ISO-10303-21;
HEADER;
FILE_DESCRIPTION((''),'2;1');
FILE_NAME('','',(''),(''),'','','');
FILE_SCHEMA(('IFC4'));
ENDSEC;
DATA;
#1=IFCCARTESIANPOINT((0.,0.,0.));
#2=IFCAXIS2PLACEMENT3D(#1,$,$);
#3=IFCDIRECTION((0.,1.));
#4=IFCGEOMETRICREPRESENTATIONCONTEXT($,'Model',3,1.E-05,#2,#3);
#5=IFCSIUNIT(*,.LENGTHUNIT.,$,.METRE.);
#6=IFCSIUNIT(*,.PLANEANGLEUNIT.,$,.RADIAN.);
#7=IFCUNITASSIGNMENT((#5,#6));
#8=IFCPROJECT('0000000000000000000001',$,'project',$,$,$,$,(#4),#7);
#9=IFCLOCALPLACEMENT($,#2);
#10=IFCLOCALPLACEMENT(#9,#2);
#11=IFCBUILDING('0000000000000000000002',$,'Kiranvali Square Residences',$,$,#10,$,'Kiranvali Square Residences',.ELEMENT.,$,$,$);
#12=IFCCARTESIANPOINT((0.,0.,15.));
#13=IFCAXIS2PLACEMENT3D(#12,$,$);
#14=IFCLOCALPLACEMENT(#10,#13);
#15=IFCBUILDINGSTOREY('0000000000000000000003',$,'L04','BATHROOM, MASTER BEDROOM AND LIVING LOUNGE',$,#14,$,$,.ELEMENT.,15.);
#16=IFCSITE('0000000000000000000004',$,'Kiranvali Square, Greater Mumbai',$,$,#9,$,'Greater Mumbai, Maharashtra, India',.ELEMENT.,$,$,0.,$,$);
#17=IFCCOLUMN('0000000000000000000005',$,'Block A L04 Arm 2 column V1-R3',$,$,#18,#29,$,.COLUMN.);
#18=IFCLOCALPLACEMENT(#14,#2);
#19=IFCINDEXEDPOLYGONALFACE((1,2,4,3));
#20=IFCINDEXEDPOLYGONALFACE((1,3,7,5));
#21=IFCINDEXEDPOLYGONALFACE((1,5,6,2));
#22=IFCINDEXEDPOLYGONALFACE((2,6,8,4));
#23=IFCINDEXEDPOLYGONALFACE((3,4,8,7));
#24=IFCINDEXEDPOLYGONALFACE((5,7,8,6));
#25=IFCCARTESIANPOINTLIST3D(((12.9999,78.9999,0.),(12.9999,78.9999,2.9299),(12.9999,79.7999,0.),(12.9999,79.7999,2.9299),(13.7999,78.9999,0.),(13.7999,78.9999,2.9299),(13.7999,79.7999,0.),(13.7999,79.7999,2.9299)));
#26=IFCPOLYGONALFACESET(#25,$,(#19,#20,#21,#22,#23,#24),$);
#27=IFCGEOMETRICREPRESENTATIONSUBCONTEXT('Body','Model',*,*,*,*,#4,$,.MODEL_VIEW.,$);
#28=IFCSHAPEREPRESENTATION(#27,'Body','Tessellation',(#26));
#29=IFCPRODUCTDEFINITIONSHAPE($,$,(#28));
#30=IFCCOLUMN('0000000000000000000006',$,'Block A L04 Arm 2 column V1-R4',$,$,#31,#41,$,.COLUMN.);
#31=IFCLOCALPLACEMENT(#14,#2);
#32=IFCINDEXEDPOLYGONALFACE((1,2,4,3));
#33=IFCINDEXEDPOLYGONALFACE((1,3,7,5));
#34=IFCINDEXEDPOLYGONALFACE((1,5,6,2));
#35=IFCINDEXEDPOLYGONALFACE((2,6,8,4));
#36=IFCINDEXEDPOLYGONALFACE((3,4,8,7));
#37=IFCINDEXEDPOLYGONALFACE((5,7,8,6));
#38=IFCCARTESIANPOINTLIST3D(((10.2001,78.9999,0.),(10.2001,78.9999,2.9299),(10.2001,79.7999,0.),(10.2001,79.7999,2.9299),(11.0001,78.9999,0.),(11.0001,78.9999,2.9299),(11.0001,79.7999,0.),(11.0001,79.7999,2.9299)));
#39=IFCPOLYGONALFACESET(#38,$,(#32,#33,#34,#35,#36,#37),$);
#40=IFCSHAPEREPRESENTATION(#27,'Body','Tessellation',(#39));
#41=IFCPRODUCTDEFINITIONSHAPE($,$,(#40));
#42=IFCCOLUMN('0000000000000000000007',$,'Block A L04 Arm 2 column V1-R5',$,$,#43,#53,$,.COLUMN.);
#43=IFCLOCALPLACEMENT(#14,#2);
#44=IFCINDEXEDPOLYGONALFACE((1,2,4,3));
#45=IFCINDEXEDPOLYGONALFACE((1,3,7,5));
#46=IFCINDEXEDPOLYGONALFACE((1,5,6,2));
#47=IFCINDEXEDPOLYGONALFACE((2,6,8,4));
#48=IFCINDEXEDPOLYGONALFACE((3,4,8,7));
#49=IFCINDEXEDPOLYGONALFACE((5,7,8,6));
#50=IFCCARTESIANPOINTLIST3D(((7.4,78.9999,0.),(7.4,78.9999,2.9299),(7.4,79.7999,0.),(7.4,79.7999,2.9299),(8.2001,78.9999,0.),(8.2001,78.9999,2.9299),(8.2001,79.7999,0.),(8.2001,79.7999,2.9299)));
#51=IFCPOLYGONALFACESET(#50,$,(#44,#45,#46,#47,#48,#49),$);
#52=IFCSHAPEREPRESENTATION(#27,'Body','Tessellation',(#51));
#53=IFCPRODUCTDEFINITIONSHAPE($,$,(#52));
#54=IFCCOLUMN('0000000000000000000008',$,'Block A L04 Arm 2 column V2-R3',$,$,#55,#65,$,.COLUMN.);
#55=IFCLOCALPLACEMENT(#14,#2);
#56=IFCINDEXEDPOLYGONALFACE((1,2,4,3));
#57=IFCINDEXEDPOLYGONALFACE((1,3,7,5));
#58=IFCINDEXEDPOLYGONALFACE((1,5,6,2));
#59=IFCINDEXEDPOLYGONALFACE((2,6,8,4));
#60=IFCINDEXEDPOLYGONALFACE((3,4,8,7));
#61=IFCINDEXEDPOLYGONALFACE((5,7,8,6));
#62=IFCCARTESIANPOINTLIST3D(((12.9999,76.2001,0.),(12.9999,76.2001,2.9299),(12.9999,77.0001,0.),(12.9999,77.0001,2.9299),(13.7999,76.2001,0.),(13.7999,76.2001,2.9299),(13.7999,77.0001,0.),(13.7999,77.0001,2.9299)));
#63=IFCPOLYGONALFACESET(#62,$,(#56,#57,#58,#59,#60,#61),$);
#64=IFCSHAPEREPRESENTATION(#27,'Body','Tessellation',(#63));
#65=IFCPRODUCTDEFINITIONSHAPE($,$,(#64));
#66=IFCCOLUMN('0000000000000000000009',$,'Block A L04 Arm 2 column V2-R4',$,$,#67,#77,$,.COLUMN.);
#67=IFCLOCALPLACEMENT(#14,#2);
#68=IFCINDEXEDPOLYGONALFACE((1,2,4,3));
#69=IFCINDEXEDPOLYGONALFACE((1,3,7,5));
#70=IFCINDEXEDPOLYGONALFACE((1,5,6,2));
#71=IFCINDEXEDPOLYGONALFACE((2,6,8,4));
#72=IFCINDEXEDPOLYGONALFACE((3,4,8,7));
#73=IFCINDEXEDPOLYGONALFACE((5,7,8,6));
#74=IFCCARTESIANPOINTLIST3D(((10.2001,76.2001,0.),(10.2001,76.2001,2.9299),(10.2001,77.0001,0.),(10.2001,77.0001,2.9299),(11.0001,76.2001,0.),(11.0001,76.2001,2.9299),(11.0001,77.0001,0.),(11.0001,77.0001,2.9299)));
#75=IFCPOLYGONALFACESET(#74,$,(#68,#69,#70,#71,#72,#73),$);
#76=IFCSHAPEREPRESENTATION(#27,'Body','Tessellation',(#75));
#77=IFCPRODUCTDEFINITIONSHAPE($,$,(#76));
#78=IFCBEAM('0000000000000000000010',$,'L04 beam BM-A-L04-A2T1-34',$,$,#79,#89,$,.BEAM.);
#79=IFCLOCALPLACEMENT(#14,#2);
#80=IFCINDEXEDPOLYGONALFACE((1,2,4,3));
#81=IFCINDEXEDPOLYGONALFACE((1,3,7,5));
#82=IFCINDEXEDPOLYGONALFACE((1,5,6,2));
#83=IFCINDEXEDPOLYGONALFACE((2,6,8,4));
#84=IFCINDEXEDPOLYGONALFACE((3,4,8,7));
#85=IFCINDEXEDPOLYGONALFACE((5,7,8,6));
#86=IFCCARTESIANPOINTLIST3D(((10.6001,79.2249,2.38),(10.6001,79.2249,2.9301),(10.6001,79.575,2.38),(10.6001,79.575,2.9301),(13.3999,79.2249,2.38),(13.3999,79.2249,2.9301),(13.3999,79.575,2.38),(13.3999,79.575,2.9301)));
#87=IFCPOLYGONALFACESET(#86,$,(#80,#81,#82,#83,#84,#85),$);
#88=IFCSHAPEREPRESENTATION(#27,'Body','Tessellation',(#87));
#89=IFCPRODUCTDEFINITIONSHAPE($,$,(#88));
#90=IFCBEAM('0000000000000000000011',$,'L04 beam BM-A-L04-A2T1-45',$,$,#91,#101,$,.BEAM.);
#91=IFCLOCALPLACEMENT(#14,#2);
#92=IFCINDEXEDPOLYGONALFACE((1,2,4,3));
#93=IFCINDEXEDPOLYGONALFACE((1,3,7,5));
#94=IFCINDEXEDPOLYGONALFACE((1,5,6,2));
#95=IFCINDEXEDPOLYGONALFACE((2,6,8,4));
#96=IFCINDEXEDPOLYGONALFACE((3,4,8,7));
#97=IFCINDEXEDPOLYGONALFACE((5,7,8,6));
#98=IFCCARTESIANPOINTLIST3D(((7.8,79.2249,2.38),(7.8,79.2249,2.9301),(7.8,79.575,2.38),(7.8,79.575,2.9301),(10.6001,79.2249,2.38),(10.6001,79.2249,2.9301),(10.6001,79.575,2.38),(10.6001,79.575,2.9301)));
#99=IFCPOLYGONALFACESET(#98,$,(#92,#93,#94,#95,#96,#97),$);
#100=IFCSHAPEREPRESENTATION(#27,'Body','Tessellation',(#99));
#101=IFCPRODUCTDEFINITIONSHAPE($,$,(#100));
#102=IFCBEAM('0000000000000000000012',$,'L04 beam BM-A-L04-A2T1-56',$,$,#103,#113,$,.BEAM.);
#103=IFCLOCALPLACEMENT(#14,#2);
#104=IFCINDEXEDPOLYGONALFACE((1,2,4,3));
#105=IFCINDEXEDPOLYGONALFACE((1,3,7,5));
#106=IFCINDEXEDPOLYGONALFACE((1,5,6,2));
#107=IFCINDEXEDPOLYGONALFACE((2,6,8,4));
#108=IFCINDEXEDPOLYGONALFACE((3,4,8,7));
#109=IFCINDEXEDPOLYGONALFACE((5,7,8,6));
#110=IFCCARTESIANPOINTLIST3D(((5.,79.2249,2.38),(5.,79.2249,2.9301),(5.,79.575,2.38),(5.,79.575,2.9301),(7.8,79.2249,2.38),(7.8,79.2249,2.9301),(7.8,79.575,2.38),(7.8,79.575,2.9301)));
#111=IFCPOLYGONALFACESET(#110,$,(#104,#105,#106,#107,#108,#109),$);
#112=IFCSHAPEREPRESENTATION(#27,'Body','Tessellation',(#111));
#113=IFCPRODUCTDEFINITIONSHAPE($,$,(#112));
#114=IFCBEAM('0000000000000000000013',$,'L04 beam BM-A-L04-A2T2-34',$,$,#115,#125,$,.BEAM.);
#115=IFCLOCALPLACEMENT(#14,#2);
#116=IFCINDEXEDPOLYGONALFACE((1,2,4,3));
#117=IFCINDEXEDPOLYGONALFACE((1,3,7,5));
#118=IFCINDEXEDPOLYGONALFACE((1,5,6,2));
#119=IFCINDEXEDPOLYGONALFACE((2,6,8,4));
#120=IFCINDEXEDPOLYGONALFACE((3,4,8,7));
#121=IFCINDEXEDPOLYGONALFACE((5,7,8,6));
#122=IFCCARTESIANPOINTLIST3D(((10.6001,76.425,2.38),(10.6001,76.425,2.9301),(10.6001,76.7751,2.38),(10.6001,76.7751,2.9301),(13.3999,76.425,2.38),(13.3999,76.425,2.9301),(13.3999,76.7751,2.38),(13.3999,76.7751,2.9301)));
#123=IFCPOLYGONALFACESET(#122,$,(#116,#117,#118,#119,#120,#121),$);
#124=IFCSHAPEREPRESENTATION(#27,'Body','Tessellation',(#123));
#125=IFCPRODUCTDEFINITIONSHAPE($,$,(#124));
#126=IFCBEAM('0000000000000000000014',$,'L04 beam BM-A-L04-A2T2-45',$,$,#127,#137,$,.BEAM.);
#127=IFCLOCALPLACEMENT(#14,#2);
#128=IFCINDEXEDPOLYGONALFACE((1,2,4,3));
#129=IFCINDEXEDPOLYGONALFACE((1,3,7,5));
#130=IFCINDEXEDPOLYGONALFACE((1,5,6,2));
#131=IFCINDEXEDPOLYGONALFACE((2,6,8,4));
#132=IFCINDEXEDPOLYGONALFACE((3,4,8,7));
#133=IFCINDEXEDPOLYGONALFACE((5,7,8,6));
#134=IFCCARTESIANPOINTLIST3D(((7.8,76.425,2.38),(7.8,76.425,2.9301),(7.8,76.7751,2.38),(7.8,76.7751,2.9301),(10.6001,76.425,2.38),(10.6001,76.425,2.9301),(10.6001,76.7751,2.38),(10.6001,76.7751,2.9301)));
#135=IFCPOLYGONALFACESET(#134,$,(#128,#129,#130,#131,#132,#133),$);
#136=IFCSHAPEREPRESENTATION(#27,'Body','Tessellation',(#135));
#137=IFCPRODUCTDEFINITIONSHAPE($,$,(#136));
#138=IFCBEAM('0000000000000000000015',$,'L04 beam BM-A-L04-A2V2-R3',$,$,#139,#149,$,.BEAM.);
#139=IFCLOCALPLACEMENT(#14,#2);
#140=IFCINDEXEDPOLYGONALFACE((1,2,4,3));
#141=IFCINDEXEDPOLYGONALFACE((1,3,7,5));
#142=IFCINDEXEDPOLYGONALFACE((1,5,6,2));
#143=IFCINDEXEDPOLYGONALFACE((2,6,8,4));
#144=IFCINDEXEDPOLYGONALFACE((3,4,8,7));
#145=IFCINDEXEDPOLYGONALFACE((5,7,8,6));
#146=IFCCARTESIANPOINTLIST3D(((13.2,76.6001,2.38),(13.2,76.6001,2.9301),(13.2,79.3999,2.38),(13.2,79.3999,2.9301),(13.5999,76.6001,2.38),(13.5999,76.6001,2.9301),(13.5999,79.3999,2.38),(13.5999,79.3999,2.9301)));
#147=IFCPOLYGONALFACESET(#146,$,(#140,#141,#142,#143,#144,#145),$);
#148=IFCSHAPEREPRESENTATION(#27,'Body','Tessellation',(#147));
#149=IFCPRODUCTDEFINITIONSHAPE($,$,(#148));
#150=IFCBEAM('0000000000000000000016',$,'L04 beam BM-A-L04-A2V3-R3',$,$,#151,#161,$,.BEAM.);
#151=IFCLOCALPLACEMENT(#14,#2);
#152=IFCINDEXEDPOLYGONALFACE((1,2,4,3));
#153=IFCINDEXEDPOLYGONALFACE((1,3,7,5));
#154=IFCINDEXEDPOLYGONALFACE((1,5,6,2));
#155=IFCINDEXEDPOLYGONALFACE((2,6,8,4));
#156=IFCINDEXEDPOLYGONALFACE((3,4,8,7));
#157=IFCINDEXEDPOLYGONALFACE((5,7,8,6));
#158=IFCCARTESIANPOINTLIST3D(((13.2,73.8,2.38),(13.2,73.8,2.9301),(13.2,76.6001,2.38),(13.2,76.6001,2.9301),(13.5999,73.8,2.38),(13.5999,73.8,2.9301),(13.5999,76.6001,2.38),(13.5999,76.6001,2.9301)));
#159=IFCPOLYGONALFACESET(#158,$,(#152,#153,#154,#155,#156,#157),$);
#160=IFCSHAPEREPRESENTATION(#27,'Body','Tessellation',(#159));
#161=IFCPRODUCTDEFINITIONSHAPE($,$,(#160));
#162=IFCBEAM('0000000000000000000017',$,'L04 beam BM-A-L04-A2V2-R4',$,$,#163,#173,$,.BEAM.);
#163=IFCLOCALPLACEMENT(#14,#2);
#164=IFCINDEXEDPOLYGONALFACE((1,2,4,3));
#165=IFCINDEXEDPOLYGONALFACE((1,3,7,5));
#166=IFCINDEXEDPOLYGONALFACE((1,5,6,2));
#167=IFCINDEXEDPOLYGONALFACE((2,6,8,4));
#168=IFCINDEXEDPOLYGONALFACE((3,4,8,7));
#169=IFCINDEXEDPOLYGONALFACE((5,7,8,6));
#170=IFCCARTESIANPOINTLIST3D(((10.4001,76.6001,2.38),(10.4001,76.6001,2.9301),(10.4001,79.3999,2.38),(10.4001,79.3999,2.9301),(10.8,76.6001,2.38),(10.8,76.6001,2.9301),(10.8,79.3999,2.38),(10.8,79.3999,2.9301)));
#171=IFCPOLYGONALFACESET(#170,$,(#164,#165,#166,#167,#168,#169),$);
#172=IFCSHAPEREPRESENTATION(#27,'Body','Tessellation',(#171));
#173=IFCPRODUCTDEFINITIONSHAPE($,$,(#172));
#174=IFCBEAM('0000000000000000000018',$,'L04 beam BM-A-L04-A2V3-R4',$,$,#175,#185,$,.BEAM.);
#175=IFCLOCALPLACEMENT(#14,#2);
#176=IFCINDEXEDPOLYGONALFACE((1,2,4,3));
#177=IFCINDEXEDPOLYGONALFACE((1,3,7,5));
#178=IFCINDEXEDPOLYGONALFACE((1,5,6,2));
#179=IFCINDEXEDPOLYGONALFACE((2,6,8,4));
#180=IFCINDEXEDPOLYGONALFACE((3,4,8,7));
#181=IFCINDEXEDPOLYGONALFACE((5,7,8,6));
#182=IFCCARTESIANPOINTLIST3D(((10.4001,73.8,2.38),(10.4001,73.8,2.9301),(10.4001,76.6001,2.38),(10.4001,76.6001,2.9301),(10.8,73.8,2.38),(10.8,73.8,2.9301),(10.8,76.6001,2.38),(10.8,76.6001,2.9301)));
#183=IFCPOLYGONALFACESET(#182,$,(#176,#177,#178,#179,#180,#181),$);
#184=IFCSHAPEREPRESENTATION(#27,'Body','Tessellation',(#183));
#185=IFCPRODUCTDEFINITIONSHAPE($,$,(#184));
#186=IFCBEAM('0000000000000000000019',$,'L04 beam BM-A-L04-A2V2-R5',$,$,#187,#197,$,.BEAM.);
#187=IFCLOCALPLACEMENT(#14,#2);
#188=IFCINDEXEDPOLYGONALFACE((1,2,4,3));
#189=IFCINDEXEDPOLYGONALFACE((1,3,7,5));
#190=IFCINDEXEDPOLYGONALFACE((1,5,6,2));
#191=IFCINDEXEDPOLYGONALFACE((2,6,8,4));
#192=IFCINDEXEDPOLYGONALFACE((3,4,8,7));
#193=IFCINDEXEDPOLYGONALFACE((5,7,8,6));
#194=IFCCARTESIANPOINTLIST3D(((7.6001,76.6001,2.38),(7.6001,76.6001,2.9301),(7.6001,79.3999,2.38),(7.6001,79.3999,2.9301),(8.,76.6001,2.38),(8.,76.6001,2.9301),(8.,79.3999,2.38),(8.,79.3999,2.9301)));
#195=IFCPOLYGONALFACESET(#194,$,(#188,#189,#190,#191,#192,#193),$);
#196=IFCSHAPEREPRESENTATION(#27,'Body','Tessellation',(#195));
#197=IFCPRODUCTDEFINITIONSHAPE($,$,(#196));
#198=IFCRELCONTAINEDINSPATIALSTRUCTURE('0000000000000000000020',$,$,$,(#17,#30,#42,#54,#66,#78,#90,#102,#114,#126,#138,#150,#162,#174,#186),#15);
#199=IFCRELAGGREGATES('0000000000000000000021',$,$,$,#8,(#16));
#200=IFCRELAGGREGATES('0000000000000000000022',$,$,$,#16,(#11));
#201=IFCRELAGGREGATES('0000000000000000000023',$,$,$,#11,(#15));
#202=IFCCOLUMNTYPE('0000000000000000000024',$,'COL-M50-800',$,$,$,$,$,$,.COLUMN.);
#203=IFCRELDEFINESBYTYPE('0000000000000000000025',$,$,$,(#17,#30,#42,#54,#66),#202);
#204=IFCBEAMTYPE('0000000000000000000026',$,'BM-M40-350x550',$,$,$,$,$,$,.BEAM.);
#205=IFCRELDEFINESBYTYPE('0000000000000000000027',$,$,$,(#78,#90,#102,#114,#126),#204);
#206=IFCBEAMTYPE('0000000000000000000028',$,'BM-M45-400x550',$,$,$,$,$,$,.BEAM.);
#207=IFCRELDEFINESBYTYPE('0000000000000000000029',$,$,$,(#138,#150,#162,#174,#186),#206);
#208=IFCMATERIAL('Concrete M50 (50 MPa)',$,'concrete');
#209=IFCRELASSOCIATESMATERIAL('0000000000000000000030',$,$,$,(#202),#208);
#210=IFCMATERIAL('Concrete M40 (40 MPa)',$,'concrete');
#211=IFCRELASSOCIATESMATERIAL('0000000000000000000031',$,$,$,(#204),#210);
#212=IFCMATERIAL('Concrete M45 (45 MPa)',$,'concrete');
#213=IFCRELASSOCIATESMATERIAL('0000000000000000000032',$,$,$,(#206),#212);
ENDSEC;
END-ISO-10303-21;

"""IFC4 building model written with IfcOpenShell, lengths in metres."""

from ifc_helpers import new_model, si_unit, direction, frame, origin, origin_2d, place, context, subcontext, project, spatial, rectangle, extrude, material, material_profile, profile_set, type_object, element, save


model = new_model("IFC4")

# Units and contexts
model_context = context("Model", 3, precision=1e-05, world=origin(), true_north=direction((0.0, 1.0)))
body_context = subcontext(model_context, "Body", "Model", "MODEL_VIEW")
ifc_project = project(units=[si_unit("LENGTHUNIT", "METRE"), si_unit("PLANEANGLEUNIT", "RADIAN")], contexts=[model_context])

# Site, building, storey
site_placement = place(None, origin())
site = spatial("IfcSite", under=ifc_project, at=site_placement, Name="Kiranvali Square, Greater Mumbai", LongName="Greater Mumbai, Maharashtra, India", CompositionType="ELEMENT", RefElevation=0.0)
building_placement = place(site_placement, origin())
building = spatial("IfcBuilding", under=site, at=building_placement, Name="Kiranvali Square Residences", LongName="Kiranvali Square Residences", CompositionType="ELEMENT")
storey_placement = place(building_placement, frame((0.0, 0.0, 15.0)))
storey = spatial("IfcBuildingStorey", under=building, at=storey_placement, Name="L04", Description="BATHROOM, MASTER BEDROOM AND LIVING LOUNGE", CompositionType="ELEMENT", Elevation=15.0)

# Columns
ifc_material_1 = material(Name="Concrete M50 (50 MPa)", Category="concrete")
ifc_material_profile_1 = material_profile(ifc_material_1, rectangle(XDim=0.8, YDim=0.8, at=origin_2d()), Name="RC 800x800")
ifc_profile_set_1 = profile_set([ifc_material_profile_1], Name="Concrete M50 (50 MPa)")
column_type = type_object("IfcColumnType", Name="COL-M50-800", PredefinedType="COLUMN", material=ifc_profile_set_1)
for number, where, z_axis, x_axis, name in (
    (1, (13.3999, 79.3999, 0.0), (0.0, 0.0, 1.0), (1.0, 0.0, 0.0), "Block A L04 Arm 2 column V1-R3"),
    (2, (10.6001, 79.3999, 0.0), (0.0, 0.0, 1.0), (1.0, 0.0, 0.0), "Block A L04 Arm 2 column V1-R4"),
    (3, (7.8, 79.3999, 0.0), (0.0, 0.0, 1.0), (1.0, 0.0, 0.0), "Block A L04 Arm 2 column V1-R5"),
    (4, (13.3999, 76.6001, 0.0), (0.0, 0.0, 1.0), (1.0, 0.0, 0.0), "Block A L04 Arm 2 column V2-R3"),
    (5, (10.6001, 76.6001, 0.0), (0.0, 0.0, 1.0), (1.0, 0.0, 0.0), "Block A L04 Arm 2 column V2-R4"),
):
    element("IfcColumn", number, at=place(storey_placement, frame(where, z_axis=z_axis, x_axis=x_axis)), inside=storey, type_object=column_type, Name=name, PredefinedType="COLUMN", context=body_context, shape_type="SweptSolid", body=[
        extrude(rectangle(XDim=0.8, YDim=0.8, at=origin_2d()), origin(), (0.0, 0.0, 1.0), 2.9299),
    ])

# Beams
ifc_material_2 = material(Name="Concrete M40 (40 MPa)", Category="concrete")
ifc_material_profile_2 = material_profile(ifc_material_2, rectangle(XDim=0.3501, YDim=0.55, at=origin_2d()), Name="RC 350x550")
ifc_profile_set_2 = profile_set([ifc_material_profile_2], Name="Concrete M40 (40 MPa)")
beam_type_1 = type_object("IfcBeamType", Name="BM-M40-350x550", PredefinedType="BEAM", material=ifc_profile_set_2)
beam_1_placement = place(storey_placement, frame((13.3999, 79.3999, 2.655), z_axis=(-1.0, 0.0, 0.0), x_axis=(0.0, -1.0, 0.0)))
element("IfcBeam", 6, at=beam_1_placement, inside=storey, type_object=beam_type_1, Name="L04 beam BM-A-L04-A2T1-34", PredefinedType="BEAM", context=body_context, shape_type="SweptSolid", body=[
    extrude(rectangle(XDim=0.3501, YDim=0.55, at=origin_2d()), origin(), (0.0, 0.0, 1.0), 2.7998),
])
for number, where, z_axis, x_axis, name in (
    (7, (10.6001, 79.3999, 2.655), (-1.0, 0.0, 0.0), (0.0, -1.0, 0.0), "L04 beam BM-A-L04-A2T1-45"),
    (8, (7.8, 79.3999, 2.655), (-1.0, 0.0, 0.0), (0.0, -1.0, 0.0), "L04 beam BM-A-L04-A2T1-56"),
):
    element("IfcBeam", number, at=place(storey_placement, frame(where, z_axis=z_axis, x_axis=x_axis)), inside=storey, type_object=beam_type_1, Name=name, PredefinedType="BEAM", context=body_context, shape_type="SweptSolid", body=[
        extrude(rectangle(XDim=0.3501, YDim=0.55, at=origin_2d()), origin(), (0.0, 0.0, 1.0), 2.8),
    ])
beam_2_placement = place(storey_placement, frame((13.3999, 76.6001, 2.655), z_axis=(-1.0, 0.0, 0.0), x_axis=(0.0, -1.0, 0.0)))
element("IfcBeam", 9, at=beam_2_placement, inside=storey, type_object=beam_type_1, Name="L04 beam BM-A-L04-A2T2-34", PredefinedType="BEAM", context=body_context, shape_type="SweptSolid", body=[
    extrude(rectangle(XDim=0.3501, YDim=0.55, at=origin_2d()), origin(), (0.0, 0.0, 1.0), 2.7998),
])
beam_3_placement = place(storey_placement, frame((10.6001, 76.6001, 2.655), z_axis=(-1.0, 0.0, 0.0), x_axis=(0.0, -1.0, 0.0)))
element("IfcBeam", 10, at=beam_3_placement, inside=storey, type_object=beam_type_1, Name="L04 beam BM-A-L04-A2T2-45", PredefinedType="BEAM", context=body_context, shape_type="SweptSolid", body=[
    extrude(rectangle(XDim=0.3501, YDim=0.55, at=origin_2d()), origin(), (0.0, 0.0, 1.0), 2.8),
])
ifc_material_3 = material(Name="Concrete M45 (45 MPa)", Category="concrete")
ifc_material_profile_3 = material_profile(ifc_material_3, rectangle(XDim=0.3999, YDim=0.55, at=origin_2d()), Name="RC 400x550")
ifc_profile_set_3 = profile_set([ifc_material_profile_3], Name="Concrete M45 (45 MPa)")
beam_type_2 = type_object("IfcBeamType", Name="BM-M45-400x550", PredefinedType="BEAM", material=ifc_profile_set_3)
beam_4_placement = place(storey_placement, frame((13.3999, 79.3999, 2.655), z_axis=(0.0, -1.0, 0.0), x_axis=(1.0, 0.0, 0.0)))
element("IfcBeam", 11, at=beam_4_placement, inside=storey, type_object=beam_type_2, Name="L04 beam BM-A-L04-A2V2-R3", PredefinedType="BEAM", context=body_context, shape_type="SweptSolid", body=[
    extrude(rectangle(XDim=0.3999, YDim=0.55, at=origin_2d()), origin(), (0.0, 0.0, 1.0), 2.7998),
])
beam_5_placement = place(storey_placement, frame((13.3999, 76.6001, 2.655), z_axis=(0.0, -1.0, 0.0), x_axis=(1.0, 0.0, 0.0)))
element("IfcBeam", 12, at=beam_5_placement, inside=storey, type_object=beam_type_2, Name="L04 beam BM-A-L04-A2V3-R3", PredefinedType="BEAM", context=body_context, shape_type="SweptSolid", body=[
    extrude(rectangle(XDim=0.3999, YDim=0.55, at=origin_2d()), origin(), (0.0, 0.0, 1.0), 2.8),
])
beam_6_placement = place(storey_placement, frame((10.6001, 79.3999, 2.655), z_axis=(0.0, -1.0, 0.0), x_axis=(1.0, 0.0, 0.0)))
element("IfcBeam", 13, at=beam_6_placement, inside=storey, type_object=beam_type_2, Name="L04 beam BM-A-L04-A2V2-R4", PredefinedType="BEAM", context=body_context, shape_type="SweptSolid", body=[
    extrude(rectangle(XDim=0.3999, YDim=0.55, at=origin_2d()), origin(), (0.0, 0.0, 1.0), 2.7998),
])
beam_7_placement = place(storey_placement, frame((10.6001, 76.6001, 2.655), z_axis=(0.0, -1.0, 0.0), x_axis=(1.0, 0.0, 0.0)))
element("IfcBeam", 14, at=beam_7_placement, inside=storey, type_object=beam_type_2, Name="L04 beam BM-A-L04-A2V3-R4", PredefinedType="BEAM", context=body_context, shape_type="SweptSolid", body=[
    extrude(rectangle(XDim=0.3999, YDim=0.55, at=origin_2d()), origin(), (0.0, 0.0, 1.0), 2.8),
])
beam_8_placement = place(storey_placement, frame((7.8, 79.3999, 2.655), z_axis=(0.0, -1.0, 0.0), x_axis=(1.0, 0.0, 0.0)))
element("IfcBeam", 15, at=beam_8_placement, inside=storey, type_object=beam_type_2, Name="L04 beam BM-A-L04-A2V2-R5", PredefinedType="BEAM", context=body_context, shape_type="SweptSolid", body=[
    extrude(rectangle(XDim=0.3999, YDim=0.55, at=origin_2d()), origin(), (0.0, 0.0, 1.0), 2.7998),
])

save(model, "model.ifc")
